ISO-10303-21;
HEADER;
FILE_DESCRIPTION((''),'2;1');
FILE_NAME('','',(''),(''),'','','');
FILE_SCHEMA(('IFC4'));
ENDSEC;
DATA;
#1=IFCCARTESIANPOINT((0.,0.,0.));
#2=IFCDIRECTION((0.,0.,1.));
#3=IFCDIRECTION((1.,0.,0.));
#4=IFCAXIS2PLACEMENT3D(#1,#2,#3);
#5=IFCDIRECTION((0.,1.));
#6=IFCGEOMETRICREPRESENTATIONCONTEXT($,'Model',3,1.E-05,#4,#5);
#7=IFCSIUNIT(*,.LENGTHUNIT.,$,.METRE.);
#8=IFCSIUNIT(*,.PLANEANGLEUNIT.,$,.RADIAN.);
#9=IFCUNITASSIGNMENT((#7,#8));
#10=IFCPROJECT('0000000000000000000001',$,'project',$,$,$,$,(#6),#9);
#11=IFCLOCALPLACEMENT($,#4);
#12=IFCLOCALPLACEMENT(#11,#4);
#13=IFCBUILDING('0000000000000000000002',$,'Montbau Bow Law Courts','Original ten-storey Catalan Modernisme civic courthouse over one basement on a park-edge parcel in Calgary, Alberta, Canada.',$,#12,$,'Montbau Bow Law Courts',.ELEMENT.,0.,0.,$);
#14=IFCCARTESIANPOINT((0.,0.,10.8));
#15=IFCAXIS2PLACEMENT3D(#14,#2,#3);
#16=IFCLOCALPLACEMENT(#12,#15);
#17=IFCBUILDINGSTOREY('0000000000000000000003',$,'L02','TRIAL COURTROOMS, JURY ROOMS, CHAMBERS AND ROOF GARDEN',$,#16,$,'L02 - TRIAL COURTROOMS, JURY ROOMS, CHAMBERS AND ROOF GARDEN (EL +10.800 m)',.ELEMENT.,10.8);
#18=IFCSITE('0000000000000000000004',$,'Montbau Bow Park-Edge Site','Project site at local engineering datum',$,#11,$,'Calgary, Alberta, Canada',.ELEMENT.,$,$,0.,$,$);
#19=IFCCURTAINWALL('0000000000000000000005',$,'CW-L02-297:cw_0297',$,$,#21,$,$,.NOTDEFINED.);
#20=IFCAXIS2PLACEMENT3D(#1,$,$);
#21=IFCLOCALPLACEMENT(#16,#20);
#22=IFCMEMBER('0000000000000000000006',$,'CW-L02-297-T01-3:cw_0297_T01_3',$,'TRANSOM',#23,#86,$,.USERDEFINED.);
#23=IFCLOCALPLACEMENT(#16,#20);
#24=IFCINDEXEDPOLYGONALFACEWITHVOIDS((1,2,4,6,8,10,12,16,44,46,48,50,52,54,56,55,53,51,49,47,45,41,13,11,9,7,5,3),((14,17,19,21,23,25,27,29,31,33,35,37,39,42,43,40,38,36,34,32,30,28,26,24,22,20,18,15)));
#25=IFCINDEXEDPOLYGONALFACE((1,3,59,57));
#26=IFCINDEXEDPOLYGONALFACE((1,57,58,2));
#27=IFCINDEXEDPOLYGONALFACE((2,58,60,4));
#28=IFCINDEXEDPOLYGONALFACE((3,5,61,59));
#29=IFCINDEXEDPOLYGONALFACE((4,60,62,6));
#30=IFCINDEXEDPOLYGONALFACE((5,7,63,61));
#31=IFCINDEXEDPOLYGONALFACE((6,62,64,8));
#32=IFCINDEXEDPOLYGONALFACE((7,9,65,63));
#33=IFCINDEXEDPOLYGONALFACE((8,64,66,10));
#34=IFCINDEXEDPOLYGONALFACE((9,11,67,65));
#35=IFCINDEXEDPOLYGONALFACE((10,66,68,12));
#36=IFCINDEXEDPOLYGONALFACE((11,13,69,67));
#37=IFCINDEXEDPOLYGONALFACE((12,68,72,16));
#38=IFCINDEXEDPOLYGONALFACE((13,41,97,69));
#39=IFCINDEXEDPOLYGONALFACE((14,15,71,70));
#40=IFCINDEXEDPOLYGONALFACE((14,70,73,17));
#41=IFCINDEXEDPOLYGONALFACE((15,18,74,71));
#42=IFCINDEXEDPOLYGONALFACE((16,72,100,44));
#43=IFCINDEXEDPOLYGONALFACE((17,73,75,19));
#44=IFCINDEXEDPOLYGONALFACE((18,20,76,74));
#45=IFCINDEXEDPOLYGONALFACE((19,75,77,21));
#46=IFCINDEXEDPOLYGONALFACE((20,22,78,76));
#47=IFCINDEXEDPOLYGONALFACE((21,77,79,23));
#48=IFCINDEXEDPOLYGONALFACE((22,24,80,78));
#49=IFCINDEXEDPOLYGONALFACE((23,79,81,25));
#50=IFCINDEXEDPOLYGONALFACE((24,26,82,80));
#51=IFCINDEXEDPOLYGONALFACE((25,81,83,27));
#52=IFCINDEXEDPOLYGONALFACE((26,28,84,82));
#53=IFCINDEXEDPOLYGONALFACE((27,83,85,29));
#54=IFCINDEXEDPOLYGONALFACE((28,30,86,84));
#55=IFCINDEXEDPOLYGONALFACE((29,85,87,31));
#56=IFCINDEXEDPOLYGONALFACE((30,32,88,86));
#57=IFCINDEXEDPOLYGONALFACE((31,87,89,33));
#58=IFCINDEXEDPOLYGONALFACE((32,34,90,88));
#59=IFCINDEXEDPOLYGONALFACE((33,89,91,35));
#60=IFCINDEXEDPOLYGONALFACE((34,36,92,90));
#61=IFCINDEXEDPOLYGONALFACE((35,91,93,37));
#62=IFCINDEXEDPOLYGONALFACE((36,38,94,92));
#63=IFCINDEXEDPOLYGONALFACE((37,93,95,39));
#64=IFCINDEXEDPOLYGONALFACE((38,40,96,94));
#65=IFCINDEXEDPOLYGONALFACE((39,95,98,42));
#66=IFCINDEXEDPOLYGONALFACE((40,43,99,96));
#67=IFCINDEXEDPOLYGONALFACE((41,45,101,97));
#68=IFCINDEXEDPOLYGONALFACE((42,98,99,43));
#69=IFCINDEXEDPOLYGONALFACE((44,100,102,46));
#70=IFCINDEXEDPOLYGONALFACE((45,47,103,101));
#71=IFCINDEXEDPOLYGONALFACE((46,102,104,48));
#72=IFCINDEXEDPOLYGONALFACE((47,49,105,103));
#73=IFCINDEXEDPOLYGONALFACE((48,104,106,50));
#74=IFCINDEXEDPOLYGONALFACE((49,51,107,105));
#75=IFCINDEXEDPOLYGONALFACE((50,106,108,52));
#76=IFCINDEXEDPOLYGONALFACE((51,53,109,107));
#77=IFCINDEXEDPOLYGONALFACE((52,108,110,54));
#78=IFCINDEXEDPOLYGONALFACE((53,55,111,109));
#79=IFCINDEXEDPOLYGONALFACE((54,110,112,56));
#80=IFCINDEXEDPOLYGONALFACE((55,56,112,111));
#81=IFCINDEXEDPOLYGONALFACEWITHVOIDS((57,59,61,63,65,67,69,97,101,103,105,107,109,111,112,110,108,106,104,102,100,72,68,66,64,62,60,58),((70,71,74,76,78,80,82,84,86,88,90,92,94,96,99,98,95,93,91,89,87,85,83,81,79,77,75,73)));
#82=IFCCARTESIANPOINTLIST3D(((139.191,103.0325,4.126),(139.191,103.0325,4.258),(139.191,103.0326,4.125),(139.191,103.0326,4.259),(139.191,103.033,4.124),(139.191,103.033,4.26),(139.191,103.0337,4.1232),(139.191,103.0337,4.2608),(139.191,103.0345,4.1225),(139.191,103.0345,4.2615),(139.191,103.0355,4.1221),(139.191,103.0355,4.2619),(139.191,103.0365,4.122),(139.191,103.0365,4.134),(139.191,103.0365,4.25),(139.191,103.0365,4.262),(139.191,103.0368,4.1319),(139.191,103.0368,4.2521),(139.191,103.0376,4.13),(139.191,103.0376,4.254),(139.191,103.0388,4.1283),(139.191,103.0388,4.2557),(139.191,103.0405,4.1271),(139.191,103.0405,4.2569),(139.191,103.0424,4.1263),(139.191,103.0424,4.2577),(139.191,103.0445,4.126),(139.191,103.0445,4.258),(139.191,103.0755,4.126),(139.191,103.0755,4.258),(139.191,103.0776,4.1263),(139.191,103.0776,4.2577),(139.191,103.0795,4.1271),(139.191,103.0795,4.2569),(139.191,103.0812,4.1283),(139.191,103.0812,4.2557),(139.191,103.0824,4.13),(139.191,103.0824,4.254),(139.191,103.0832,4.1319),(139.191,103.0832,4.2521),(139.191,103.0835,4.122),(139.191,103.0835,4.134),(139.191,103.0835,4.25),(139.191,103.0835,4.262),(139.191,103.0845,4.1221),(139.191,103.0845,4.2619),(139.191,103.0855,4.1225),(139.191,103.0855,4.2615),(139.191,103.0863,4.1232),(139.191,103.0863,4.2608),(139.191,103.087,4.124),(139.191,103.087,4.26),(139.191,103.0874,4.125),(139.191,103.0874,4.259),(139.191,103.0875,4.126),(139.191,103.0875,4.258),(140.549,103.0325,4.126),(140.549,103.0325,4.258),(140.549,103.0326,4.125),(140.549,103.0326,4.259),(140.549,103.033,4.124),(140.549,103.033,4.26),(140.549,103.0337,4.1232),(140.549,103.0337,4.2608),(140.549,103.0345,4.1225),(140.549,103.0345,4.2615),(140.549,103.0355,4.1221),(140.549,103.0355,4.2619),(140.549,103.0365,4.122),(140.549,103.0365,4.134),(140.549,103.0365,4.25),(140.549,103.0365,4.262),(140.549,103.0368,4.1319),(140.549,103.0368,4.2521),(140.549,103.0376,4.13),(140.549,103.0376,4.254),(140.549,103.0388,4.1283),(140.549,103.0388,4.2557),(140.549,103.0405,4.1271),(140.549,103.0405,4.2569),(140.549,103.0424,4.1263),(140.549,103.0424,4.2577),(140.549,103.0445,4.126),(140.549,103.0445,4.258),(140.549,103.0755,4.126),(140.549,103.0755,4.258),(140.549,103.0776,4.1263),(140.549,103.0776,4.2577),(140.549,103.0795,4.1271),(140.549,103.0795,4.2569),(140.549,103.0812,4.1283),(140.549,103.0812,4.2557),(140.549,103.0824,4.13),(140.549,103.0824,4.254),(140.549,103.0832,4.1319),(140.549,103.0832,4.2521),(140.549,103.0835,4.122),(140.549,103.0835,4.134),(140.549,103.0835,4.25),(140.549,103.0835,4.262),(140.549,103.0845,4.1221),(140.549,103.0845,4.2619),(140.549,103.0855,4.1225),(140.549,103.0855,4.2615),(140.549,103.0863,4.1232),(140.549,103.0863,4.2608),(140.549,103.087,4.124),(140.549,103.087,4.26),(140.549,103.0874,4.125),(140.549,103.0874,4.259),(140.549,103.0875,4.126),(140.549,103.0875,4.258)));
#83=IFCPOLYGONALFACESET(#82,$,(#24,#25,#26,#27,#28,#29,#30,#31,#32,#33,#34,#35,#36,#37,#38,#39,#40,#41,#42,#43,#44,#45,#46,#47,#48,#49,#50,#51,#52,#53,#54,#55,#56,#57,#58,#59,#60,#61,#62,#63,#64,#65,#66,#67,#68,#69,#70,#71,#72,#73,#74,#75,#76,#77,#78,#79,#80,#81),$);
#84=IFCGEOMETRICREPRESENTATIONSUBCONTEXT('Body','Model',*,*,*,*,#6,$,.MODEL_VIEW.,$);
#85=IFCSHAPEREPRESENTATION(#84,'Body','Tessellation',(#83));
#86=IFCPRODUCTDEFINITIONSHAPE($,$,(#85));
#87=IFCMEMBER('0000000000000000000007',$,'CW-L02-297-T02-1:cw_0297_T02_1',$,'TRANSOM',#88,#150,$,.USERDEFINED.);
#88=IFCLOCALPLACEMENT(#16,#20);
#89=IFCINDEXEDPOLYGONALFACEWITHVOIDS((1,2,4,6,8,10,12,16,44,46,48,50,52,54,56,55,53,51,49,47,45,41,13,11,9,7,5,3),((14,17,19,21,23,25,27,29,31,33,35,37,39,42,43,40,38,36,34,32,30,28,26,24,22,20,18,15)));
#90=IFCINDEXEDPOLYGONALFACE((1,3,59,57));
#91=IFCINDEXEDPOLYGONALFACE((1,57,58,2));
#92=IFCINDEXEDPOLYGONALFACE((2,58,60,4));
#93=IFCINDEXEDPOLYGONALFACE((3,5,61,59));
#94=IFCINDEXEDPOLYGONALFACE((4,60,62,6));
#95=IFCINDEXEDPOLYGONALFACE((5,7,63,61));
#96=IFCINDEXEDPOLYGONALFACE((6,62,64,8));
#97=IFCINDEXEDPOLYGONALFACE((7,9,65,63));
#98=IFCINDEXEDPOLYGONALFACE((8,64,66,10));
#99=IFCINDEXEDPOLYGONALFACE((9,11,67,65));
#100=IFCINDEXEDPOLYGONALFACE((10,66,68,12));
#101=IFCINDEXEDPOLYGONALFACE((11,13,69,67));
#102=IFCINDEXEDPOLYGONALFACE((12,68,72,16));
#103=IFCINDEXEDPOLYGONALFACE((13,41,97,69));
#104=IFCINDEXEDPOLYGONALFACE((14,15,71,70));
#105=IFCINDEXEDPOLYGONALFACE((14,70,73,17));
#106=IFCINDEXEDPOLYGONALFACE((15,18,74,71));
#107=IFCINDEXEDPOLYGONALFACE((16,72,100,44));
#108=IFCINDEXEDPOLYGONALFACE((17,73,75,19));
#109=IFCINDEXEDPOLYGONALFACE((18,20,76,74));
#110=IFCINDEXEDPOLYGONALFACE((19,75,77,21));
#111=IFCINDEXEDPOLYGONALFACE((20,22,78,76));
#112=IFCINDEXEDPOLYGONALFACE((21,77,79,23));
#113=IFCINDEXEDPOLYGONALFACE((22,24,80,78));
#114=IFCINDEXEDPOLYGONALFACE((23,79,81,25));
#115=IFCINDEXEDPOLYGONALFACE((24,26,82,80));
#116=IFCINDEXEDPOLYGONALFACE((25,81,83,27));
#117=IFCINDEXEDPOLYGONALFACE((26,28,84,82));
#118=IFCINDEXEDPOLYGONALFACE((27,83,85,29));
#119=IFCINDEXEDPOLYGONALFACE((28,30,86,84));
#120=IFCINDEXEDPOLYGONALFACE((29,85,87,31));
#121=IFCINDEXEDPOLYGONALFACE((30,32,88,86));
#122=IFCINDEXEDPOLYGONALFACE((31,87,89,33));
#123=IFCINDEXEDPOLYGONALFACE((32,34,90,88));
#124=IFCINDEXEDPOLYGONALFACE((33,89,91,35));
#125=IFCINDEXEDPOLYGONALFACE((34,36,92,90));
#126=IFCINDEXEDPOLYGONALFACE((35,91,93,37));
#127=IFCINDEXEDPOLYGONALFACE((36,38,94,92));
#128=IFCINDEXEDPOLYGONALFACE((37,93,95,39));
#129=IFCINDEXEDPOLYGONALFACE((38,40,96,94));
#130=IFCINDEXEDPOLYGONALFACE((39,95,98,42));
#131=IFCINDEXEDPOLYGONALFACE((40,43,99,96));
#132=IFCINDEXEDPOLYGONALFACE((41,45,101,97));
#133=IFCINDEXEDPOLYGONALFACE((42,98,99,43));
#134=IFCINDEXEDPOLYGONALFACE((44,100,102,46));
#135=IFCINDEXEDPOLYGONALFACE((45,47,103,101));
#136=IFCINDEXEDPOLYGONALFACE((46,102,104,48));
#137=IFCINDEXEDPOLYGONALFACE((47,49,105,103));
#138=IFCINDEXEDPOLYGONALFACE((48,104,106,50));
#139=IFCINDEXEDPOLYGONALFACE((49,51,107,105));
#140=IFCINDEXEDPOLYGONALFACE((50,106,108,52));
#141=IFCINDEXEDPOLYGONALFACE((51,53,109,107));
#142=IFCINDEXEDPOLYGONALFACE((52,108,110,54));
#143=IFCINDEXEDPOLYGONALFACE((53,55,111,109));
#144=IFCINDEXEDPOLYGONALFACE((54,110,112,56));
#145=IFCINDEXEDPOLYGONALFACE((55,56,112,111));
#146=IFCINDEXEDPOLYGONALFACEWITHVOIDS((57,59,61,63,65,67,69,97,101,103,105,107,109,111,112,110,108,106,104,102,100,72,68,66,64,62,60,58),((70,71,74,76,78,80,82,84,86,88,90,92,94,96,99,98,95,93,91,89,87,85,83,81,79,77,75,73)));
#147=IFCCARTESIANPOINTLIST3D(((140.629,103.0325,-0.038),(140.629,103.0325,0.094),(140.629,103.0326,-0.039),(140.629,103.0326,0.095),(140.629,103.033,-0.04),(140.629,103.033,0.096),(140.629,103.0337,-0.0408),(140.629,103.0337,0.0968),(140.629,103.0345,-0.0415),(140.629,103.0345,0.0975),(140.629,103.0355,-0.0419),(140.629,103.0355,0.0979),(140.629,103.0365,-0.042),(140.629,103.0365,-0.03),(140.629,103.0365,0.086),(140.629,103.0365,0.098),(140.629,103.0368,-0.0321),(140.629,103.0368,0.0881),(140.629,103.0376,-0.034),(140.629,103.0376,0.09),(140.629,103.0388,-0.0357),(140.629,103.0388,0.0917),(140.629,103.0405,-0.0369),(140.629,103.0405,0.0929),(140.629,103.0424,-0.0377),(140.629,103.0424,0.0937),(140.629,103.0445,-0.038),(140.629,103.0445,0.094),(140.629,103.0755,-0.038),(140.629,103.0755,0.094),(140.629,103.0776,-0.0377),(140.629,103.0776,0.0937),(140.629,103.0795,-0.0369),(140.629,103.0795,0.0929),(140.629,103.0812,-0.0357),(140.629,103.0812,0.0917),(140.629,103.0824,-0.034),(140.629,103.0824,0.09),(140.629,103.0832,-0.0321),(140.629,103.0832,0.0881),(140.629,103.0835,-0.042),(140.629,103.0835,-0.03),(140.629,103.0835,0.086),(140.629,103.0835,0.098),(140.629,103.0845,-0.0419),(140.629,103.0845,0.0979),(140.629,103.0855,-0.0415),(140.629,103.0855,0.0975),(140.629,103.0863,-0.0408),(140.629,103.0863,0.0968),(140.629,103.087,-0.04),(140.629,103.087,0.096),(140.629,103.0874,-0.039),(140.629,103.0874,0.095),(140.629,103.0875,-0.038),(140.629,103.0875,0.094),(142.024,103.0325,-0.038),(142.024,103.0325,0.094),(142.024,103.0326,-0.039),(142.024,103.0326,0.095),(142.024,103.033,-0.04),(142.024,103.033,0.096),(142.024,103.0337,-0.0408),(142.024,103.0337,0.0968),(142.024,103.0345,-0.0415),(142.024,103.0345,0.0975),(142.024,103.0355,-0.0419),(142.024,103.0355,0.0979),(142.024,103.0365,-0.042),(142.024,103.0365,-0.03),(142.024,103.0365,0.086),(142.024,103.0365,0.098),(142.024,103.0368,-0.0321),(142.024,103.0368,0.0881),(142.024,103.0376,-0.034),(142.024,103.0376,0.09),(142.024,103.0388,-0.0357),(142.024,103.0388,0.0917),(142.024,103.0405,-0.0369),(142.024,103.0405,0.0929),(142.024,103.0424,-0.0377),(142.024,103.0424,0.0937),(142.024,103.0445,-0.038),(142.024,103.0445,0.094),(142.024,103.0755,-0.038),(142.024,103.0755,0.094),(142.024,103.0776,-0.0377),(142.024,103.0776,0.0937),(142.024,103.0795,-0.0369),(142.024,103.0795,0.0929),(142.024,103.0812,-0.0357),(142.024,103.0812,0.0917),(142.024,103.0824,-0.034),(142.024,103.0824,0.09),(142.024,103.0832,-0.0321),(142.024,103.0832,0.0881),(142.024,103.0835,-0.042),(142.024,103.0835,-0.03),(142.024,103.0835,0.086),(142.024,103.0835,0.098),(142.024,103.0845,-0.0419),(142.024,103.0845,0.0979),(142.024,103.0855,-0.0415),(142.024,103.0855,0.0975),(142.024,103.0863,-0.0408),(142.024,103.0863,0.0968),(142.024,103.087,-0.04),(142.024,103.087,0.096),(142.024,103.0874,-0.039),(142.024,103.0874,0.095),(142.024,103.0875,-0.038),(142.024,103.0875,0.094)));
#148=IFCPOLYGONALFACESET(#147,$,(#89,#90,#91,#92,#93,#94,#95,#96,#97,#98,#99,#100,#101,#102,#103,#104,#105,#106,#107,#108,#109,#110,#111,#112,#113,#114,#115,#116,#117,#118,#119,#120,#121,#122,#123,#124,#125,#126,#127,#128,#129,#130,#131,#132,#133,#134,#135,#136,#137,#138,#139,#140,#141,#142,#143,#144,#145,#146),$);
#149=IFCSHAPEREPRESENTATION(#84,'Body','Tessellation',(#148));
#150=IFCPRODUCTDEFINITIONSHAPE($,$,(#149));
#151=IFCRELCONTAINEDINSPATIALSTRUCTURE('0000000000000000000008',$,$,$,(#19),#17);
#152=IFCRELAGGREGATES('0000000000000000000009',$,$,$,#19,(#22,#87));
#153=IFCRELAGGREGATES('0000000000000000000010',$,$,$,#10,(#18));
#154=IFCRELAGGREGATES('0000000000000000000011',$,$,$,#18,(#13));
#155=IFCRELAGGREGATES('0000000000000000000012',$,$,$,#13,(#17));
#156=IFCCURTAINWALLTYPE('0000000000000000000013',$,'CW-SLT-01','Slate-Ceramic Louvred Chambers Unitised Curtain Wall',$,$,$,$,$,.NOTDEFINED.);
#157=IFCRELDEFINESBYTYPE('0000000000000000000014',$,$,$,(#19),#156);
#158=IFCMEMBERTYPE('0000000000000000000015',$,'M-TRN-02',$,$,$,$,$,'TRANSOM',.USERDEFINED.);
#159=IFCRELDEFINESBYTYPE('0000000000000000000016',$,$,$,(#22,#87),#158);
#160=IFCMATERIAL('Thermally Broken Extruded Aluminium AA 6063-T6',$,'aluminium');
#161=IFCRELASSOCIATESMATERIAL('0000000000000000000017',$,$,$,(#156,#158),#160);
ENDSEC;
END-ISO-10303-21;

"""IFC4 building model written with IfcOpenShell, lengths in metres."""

from ifc_helpers import new_model, si_unit, direction, frame, origin_with_axes, origin_2d_with_axis, place, context, subcontext, project, spatial, hollow_rectangle, extrude, material, material_profile, profile_set, type_object, element, aggregate, save


model = new_model("IFC4")

# Units and contexts
model_context = context("Model", 3, precision=1e-05, world=origin_with_axes(), true_north=direction((0.0, 1.0)))
body_context = subcontext(model_context, "Body", "Model", "MODEL_VIEW")
ifc_project = project(units=[si_unit("LENGTHUNIT", "METRE"), si_unit("PLANEANGLEUNIT", "RADIAN")], contexts=[model_context])

# Site, building, storey
site_placement = place(None, origin_with_axes())
site = spatial("IfcSite", under=ifc_project, at=site_placement, Name="Montbau Bow Park-Edge Site", Description="Project site at local engineering datum", LongName="Calgary, Alberta, Canada", CompositionType="ELEMENT", RefElevation=0.0)
building_placement = place(site_placement, origin_with_axes())
building = spatial("IfcBuilding", under=site, at=building_placement, Name="Montbau Bow Law Courts", Description="Original ten-storey Catalan Modernisme civic courthouse over one basement on a park-edge parcel in Calgary, Alberta, Canada.", LongName="Montbau Bow Law Courts", CompositionType="ELEMENT", ElevationOfRefHeight=0.0, ElevationOfTerrain=0.0)
storey_placement = place(building_placement, frame((0.0, 0.0, 10.8), z_axis=(0.0, 0.0, 1.0), x_axis=(1.0, 0.0, 0.0)))
storey = spatial("IfcBuildingStorey", under=building, at=storey_placement, Name="L02", Description="TRIAL COURTROOMS, JURY ROOMS, CHAMBERS AND ROOF GARDEN", LongName="L02 - TRIAL COURTROOMS, JURY ROOMS, CHAMBERS AND ROOF GARDEN (EL +10.800 m)", CompositionType="ELEMENT", Elevation=10.8)

# Curtain wall, members
ifc_material_1 = material(Name="Thermally Broken Extruded Aluminium AA 6063-T6", Category="aluminium")
curtain_wall_type = type_object("IfcCurtainWallType", Name="CW-SLT-01", Description="Slate-Ceramic Louvred Chambers Unitised Curtain Wall", PredefinedType="NOTDEFINED", material=ifc_material_1)
curtain_wall_placement = place(None, frame((139.115, 103.06, 10.8), z_axis=(0.0, 0.0, 1.0), x_axis=(1.0, 0.0, 0.0)))
curtain_wall = element("IfcCurtainWall", 1, at=curtain_wall_placement, inside=storey, type_object=curtain_wall_type, Name="CW-L02-297:cw_0297", PredefinedType="NOTDEFINED")
ifc_material_profile_1 = material_profile(ifc_material_1, hollow_rectangle(XDim=0.055, YDim=0.14, WallThickness=0.004, InnerFilletRadius=0.008, OuterFilletRadius=0.004, at=origin_2d_with_axis()), Name="CWT-140X55", Category="Main", Priority=0)
ifc_profile_set_1 = profile_set([ifc_material_profile_1], Name="Thermally Broken Extruded Aluminium AA 6063-T6")
member_type_1 = type_object("IfcMemberType", Name="M-TRN-02", ElementType="TRANSOM", PredefinedType="USERDEFINED", material=ifc_profile_set_1)
member_1_placement = place(None, frame((139.191, 103.06, 14.992), z_axis=(1.0, 0.0, 0.0), x_axis=(0.0, 1.0, 0.0)))
member_1 = element("IfcMember", 2, at=member_1_placement, type_object=member_type_1, Name="CW-L02-297-T01-3:cw_0297_T01_3", ObjectType="TRANSOM", PredefinedType="USERDEFINED", context=body_context, shape_type="SweptSolid", body=[
    extrude(hollow_rectangle(XDim=0.055, YDim=0.14, WallThickness=0.004, InnerFilletRadius=0.008, OuterFilletRadius=0.004, at=origin_2d_with_axis()), origin_with_axes(), (0.0, 0.0, 1.0), 1.358),
])
member_2_placement = place(None, frame((140.629, 103.06, 10.828), z_axis=(1.0, 0.0, 0.0), x_axis=(0.0, 1.0, 0.0)))
member_2 = element("IfcMember", 3, at=member_2_placement, type_object=member_type_1, Name="CW-L02-297-T02-1:cw_0297_T02_1", ObjectType="TRANSOM", PredefinedType="USERDEFINED", context=body_context, shape_type="SweptSolid", body=[
    extrude(hollow_rectangle(XDim=0.055, YDim=0.14, WallThickness=0.004, InnerFilletRadius=0.008, OuterFilletRadius=0.004, at=origin_2d_with_axis()), origin_with_axes(), (0.0, 0.0, 1.0), 1.395),
])
aggregate(curtain_wall, [member_1, member_2])

save(model, "model.ifc")
